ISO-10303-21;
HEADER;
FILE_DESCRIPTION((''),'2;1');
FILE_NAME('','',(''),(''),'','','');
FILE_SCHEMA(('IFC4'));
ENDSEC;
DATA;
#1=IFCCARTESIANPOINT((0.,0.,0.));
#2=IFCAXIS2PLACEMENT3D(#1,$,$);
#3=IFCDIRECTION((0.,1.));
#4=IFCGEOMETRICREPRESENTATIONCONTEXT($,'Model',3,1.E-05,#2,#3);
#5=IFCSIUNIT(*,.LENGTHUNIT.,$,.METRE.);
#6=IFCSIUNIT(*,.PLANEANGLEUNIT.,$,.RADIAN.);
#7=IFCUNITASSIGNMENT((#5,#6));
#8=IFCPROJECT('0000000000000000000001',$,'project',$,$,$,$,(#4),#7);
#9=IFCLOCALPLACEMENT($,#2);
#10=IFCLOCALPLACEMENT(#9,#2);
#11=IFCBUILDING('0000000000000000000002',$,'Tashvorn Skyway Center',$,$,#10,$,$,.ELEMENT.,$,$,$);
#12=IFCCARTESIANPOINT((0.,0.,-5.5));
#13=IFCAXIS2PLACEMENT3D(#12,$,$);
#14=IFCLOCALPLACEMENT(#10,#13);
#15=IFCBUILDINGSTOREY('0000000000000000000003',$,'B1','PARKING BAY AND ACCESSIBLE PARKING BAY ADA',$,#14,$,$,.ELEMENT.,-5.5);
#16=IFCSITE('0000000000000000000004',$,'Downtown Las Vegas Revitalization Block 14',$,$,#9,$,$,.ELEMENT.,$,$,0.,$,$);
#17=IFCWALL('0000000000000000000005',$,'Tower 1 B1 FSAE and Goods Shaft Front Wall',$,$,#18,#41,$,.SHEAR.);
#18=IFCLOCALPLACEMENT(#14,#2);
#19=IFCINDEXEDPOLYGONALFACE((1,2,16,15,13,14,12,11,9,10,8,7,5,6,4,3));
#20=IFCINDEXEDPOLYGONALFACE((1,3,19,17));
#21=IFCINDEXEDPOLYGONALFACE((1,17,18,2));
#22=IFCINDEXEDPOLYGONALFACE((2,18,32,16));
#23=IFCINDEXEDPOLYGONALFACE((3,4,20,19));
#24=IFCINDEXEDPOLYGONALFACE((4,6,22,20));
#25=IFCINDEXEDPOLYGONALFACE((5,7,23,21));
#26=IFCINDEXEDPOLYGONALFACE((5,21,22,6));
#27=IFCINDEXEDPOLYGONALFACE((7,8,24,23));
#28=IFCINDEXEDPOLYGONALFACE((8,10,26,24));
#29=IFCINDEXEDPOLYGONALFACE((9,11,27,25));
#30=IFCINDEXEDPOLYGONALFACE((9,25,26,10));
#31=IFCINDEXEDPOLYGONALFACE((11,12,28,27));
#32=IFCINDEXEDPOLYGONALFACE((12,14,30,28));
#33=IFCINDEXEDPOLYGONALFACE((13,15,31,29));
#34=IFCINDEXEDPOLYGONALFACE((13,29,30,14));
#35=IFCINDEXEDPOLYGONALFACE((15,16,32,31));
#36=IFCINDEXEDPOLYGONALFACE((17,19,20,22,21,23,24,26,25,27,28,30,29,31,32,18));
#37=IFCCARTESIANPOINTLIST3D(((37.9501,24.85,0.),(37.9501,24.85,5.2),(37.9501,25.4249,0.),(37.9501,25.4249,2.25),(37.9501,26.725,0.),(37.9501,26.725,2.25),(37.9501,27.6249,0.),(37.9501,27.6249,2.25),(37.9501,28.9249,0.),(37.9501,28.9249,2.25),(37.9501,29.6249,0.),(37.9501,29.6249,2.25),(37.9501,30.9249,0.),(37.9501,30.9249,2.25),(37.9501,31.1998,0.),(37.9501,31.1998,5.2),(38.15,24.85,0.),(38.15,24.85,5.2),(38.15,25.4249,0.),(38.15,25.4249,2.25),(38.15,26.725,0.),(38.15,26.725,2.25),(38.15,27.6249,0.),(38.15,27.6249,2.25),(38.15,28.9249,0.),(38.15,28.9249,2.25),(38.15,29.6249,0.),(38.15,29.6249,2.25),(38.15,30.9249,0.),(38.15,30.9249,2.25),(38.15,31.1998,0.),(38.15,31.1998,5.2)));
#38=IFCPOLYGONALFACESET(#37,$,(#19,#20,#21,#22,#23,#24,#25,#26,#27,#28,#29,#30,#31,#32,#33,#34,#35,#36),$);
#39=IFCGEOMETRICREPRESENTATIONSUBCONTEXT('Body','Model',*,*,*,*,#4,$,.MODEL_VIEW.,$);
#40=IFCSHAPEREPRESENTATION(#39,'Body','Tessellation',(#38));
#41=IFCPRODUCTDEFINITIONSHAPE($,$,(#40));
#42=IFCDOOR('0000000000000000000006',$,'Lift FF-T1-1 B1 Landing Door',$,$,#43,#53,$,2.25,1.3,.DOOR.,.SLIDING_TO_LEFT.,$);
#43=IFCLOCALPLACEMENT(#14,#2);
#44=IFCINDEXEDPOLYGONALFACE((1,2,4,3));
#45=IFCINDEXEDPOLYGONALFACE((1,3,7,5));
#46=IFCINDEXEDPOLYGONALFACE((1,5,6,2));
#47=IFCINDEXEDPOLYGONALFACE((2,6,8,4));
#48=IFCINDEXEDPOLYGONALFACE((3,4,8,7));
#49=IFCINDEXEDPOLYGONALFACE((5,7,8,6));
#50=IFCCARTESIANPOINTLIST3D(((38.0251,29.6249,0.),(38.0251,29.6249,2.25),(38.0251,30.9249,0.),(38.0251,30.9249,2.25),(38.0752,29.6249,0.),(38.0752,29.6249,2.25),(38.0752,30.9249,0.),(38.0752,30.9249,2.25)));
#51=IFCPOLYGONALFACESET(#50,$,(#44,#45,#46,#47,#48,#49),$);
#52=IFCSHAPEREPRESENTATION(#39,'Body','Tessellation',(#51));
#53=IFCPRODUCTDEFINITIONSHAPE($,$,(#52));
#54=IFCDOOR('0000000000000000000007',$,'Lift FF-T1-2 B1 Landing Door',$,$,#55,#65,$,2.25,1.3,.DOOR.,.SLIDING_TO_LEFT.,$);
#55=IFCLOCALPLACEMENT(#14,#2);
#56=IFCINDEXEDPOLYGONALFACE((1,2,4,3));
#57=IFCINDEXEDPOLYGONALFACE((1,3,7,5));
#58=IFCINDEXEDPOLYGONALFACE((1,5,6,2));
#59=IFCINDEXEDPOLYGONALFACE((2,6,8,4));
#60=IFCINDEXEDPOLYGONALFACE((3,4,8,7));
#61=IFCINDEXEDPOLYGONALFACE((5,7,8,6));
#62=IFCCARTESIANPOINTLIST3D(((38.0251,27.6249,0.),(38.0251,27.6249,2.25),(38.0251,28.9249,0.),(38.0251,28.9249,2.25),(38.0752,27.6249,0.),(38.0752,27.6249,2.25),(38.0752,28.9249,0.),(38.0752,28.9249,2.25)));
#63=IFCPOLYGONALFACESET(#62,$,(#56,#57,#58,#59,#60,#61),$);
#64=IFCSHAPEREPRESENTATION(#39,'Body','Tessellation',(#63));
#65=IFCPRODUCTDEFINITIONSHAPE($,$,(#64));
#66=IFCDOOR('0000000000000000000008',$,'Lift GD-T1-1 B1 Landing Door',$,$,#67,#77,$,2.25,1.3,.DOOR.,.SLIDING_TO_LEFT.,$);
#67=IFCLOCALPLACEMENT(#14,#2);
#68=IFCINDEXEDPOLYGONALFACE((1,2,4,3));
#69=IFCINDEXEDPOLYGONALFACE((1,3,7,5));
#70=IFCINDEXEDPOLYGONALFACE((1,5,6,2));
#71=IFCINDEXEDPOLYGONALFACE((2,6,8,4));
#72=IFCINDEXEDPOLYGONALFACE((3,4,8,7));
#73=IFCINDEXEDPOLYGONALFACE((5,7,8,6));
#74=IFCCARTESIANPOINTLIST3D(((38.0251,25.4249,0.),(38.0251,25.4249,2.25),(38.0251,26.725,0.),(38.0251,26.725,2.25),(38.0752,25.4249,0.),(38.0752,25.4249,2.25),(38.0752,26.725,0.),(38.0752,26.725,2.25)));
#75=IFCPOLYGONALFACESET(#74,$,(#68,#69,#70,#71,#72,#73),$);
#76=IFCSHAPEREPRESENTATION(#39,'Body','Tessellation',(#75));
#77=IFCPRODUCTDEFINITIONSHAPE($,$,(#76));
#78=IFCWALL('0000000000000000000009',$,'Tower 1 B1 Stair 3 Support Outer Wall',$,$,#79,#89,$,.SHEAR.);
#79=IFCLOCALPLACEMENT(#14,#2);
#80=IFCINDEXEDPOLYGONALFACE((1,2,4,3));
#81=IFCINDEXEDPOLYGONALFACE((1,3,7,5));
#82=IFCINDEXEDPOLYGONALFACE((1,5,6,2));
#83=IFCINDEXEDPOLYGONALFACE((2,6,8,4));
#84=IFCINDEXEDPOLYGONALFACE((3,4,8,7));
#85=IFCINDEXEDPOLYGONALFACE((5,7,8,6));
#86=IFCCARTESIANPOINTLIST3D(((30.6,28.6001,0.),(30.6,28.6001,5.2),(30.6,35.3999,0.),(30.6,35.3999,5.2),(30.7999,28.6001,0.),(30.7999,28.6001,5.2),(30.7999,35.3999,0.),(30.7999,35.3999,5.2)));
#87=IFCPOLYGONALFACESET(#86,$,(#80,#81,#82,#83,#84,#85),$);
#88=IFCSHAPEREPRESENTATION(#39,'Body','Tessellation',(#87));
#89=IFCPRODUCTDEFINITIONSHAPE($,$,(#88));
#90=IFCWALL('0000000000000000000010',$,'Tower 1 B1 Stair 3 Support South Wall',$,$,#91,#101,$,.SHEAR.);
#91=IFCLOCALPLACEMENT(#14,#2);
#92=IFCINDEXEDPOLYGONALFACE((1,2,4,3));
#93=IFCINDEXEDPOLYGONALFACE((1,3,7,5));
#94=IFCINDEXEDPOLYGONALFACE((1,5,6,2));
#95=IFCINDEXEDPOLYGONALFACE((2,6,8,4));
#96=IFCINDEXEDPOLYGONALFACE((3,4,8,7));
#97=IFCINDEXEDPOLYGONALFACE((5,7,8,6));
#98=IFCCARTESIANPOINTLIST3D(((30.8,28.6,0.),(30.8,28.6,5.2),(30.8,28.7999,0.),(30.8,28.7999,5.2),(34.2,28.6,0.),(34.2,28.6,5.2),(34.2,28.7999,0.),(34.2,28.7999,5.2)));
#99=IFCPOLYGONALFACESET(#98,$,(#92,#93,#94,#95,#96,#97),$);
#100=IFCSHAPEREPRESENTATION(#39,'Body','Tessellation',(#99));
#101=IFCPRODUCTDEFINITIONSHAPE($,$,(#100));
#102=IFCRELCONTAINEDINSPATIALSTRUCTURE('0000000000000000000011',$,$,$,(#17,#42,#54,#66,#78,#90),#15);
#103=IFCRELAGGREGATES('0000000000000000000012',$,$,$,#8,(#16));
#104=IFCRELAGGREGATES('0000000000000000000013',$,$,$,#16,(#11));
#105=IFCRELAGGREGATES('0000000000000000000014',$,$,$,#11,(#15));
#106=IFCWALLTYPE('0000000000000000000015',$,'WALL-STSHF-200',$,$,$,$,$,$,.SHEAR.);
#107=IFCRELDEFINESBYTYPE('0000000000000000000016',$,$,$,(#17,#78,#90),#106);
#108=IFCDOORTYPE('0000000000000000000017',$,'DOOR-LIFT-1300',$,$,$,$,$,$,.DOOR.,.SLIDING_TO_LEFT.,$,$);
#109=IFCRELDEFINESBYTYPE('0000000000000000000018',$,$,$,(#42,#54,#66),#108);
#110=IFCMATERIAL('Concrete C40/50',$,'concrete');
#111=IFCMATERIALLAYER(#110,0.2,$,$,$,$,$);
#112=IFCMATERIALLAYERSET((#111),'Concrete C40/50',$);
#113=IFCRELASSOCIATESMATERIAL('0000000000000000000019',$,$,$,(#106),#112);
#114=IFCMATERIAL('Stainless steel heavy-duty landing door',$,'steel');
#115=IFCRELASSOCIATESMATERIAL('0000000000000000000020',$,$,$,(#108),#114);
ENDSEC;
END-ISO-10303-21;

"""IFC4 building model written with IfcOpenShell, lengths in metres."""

from ifc_helpers import new_model, si_unit, direction, frame, frame_2d, origin, place, context, subcontext, project, spatial, rectangle, extrude, material, layer, layer_set, type_object, element, fill, save


model = new_model("IFC4")

# Units and contexts
model_context = context("Model", 3, precision=1e-05, world=origin(), true_north=direction((0.0, 1.0)))
body_context = subcontext(model_context, "Body", "Model", "MODEL_VIEW")
ifc_project = project(units=[si_unit("LENGTHUNIT", "METRE"), si_unit("PLANEANGLEUNIT", "RADIAN")], contexts=[model_context])

# Site, building, storey
site_placement = place(None, origin())
site = spatial("IfcSite", under=ifc_project, at=site_placement, Name="Downtown Las Vegas Revitalization Block 14", CompositionType="ELEMENT", RefElevation=0.0)
building_placement = place(site_placement, origin())
building = spatial("IfcBuilding", under=site, at=building_placement, Name="Tashvorn Skyway Center", CompositionType="ELEMENT")
storey_placement = place(building_placement, frame((0.0, 0.0, -5.5)))
storey = spatial("IfcBuildingStorey", under=building, at=storey_placement, Name="B1", Description="PARKING BAY AND ACCESSIBLE PARKING BAY ADA", CompositionType="ELEMENT", Elevation=-5.5)

# Shared definitions
ifc_material_1 = material(Name="Concrete C40/50", Category="concrete")

# Shared definitions
ifc_layer_1 = layer(ifc_material_1, 0.2)
ifc_layer_set_1 = layer_set([ifc_layer_1], Name="Concrete C40/50")
wall_type_1 = type_object("IfcWallType", Name="WALL-STSHF-200", PredefinedType="SHEAR", material=ifc_layer_set_1)

# Wall, openings, doors
wall_1_placement = place(storey_placement, frame((38.05, 24.8501, 0.0), z_axis=(0.0, 0.0, 1.0), x_axis=(0.0, 1.0, 0.0)))
wall_1 = element("IfcWall", 1, at=wall_1_placement, inside=storey, type_object=wall_type_1, Name="Tower 1 B1 FSAE and Goods Shaft Front Wall", PredefinedType="SHEAR", context=body_context, shape_type="SweptSolid", body=[
    extrude(rectangle(XDim=6.3499, YDim=0.2, at=frame_2d((3.1748, 0.0))), origin(), (0.0, 0.0, 1.0), 5.2),
])
opening_1_placement = place(wall_1_placement, frame((4.7749, 0.0, 0.0)))
opening_1 = element("IfcOpeningElement", 2, at=opening_1_placement, cuts=wall_1, PredefinedType="OPENING", context=body_context, shape_type="SweptSolid", body=[
    extrude(rectangle(XDim=1.3, YDim=2.25, at=frame_2d((0.6499, 1.125))), frame((0.0, 0.1099, 0.0), z_axis=(0.0, -1.0, 0.0), x_axis=(1.0, 0.0, 0.0)), (0.0, 0.0, 1.0), 0.22),
])
opening_2_placement = place(wall_1_placement, frame((2.7749, 0.0, 0.0)))
opening_2 = element("IfcOpeningElement", 3, at=opening_2_placement, cuts=wall_1, PredefinedType="OPENING", context=body_context, shape_type="SweptSolid", body=[
    extrude(rectangle(XDim=1.3, YDim=2.25, at=frame_2d((0.6499, 1.125))), frame((0.0, 0.1099, 0.0), z_axis=(0.0, -1.0, 0.0), x_axis=(1.0, 0.0, 0.0)), (0.0, 0.0, 1.0), 0.22),
])
opening_3_placement = place(wall_1_placement, frame((0.575, 0.0, 0.0)))
opening_3 = element("IfcOpeningElement", 4, at=opening_3_placement, cuts=wall_1, PredefinedType="OPENING", context=body_context, shape_type="SweptSolid", body=[
    extrude(rectangle(XDim=1.3, YDim=2.25, at=frame_2d((0.6499, 1.125))), frame((0.0, 0.1099, 0.0), z_axis=(0.0, -1.0, 0.0), x_axis=(1.0, 0.0, 0.0)), (0.0, 0.0, 1.0), 0.22),
])
ifc_material_2 = material(Name="Stainless steel heavy-duty landing door", Category="steel")
door_type_1 = type_object("IfcDoorType", Name="DOOR-LIFT-1300", OperationType="SLIDING_TO_LEFT", PredefinedType="DOOR", material=ifc_material_2)
door_1_placement = place(opening_1_placement, origin())
door_1 = element("IfcDoor", 5, at=door_1_placement, inside=storey, type_object=door_type_1, Name="Lift FF-T1-1 B1 Landing Door", OperationType="SLIDING_TO_LEFT", OverallHeight=2.25, OverallWidth=1.3, PredefinedType="DOOR", context=body_context, shape_type="SweptSolid", body=[
    extrude(rectangle(XDim=1.3, YDim=2.25, at=frame_2d((0.6499, 1.125))), frame((0.0, 0.0249, 0.0), z_axis=(0.0, -1.0, 0.0), x_axis=(1.0, 0.0, 0.0)), (0.0, 0.0, 1.0), 0.05),
])
fill(opening_1, door_1)
door_2_placement = place(opening_2_placement, origin())
door_2 = element("IfcDoor", 6, at=door_2_placement, inside=storey, type_object=door_type_1, Name="Lift FF-T1-2 B1 Landing Door", OperationType="SLIDING_TO_LEFT", OverallHeight=2.25, OverallWidth=1.3, PredefinedType="DOOR", context=body_context, shape_type="SweptSolid", body=[
    extrude(rectangle(XDim=1.3, YDim=2.25, at=frame_2d((0.6499, 1.125))), frame((0.0, 0.0249, 0.0), z_axis=(0.0, -1.0, 0.0), x_axis=(1.0, 0.0, 0.0)), (0.0, 0.0, 1.0), 0.05),
])
fill(opening_2, door_2)
door_3_placement = place(opening_3_placement, origin())
door_3 = element("IfcDoor", 7, at=door_3_placement, inside=storey, type_object=door_type_1, Name="Lift GD-T1-1 B1 Landing Door", OperationType="SLIDING_TO_LEFT", OverallHeight=2.25, OverallWidth=1.3, PredefinedType="DOOR", context=body_context, shape_type="SweptSolid", body=[
    extrude(rectangle(XDim=1.3, YDim=2.25, at=frame_2d((0.6499, 1.125))), frame((0.0, 0.0249, 0.0), z_axis=(0.0, -1.0, 0.0), x_axis=(1.0, 0.0, 0.0)), (0.0, 0.0, 1.0), 0.05),
])
fill(opening_3, door_3)

# Walls
wall_2_placement = place(storey_placement, frame((30.7, 28.6001, 0.0), z_axis=(0.0, 0.0, 1.0), x_axis=(0.0, 1.0, 0.0)))
element("IfcWall", 8, at=wall_2_placement, inside=storey, type_object=wall_type_1, Name="Tower 1 B1 Stair 3 Support Outer Wall", PredefinedType="SHEAR", context=body_context, shape_type="SweptSolid", body=[
    extrude(rectangle(XDim=6.7998, YDim=0.2, at=frame_2d((3.3999, 0.0))), origin(), (0.0, 0.0, 1.0), 5.2),
])
wall_3_placement = place(storey_placement, frame((30.8, 28.7, 0.0), z_axis=(0.0, 0.0, 1.0), x_axis=(1.0, 0.0, 0.0)))
element("IfcWall", 9, at=wall_3_placement, inside=storey, type_object=wall_type_1, Name="Tower 1 B1 Stair 3 Support South Wall", PredefinedType="SHEAR", context=body_context, shape_type="SweptSolid", body=[
    extrude(rectangle(XDim=3.3999, YDim=0.2, at=frame_2d((1.7, 0.0))), origin(), (0.0, 0.0, 1.0), 5.2),
])

save(model, "model.ifc")
